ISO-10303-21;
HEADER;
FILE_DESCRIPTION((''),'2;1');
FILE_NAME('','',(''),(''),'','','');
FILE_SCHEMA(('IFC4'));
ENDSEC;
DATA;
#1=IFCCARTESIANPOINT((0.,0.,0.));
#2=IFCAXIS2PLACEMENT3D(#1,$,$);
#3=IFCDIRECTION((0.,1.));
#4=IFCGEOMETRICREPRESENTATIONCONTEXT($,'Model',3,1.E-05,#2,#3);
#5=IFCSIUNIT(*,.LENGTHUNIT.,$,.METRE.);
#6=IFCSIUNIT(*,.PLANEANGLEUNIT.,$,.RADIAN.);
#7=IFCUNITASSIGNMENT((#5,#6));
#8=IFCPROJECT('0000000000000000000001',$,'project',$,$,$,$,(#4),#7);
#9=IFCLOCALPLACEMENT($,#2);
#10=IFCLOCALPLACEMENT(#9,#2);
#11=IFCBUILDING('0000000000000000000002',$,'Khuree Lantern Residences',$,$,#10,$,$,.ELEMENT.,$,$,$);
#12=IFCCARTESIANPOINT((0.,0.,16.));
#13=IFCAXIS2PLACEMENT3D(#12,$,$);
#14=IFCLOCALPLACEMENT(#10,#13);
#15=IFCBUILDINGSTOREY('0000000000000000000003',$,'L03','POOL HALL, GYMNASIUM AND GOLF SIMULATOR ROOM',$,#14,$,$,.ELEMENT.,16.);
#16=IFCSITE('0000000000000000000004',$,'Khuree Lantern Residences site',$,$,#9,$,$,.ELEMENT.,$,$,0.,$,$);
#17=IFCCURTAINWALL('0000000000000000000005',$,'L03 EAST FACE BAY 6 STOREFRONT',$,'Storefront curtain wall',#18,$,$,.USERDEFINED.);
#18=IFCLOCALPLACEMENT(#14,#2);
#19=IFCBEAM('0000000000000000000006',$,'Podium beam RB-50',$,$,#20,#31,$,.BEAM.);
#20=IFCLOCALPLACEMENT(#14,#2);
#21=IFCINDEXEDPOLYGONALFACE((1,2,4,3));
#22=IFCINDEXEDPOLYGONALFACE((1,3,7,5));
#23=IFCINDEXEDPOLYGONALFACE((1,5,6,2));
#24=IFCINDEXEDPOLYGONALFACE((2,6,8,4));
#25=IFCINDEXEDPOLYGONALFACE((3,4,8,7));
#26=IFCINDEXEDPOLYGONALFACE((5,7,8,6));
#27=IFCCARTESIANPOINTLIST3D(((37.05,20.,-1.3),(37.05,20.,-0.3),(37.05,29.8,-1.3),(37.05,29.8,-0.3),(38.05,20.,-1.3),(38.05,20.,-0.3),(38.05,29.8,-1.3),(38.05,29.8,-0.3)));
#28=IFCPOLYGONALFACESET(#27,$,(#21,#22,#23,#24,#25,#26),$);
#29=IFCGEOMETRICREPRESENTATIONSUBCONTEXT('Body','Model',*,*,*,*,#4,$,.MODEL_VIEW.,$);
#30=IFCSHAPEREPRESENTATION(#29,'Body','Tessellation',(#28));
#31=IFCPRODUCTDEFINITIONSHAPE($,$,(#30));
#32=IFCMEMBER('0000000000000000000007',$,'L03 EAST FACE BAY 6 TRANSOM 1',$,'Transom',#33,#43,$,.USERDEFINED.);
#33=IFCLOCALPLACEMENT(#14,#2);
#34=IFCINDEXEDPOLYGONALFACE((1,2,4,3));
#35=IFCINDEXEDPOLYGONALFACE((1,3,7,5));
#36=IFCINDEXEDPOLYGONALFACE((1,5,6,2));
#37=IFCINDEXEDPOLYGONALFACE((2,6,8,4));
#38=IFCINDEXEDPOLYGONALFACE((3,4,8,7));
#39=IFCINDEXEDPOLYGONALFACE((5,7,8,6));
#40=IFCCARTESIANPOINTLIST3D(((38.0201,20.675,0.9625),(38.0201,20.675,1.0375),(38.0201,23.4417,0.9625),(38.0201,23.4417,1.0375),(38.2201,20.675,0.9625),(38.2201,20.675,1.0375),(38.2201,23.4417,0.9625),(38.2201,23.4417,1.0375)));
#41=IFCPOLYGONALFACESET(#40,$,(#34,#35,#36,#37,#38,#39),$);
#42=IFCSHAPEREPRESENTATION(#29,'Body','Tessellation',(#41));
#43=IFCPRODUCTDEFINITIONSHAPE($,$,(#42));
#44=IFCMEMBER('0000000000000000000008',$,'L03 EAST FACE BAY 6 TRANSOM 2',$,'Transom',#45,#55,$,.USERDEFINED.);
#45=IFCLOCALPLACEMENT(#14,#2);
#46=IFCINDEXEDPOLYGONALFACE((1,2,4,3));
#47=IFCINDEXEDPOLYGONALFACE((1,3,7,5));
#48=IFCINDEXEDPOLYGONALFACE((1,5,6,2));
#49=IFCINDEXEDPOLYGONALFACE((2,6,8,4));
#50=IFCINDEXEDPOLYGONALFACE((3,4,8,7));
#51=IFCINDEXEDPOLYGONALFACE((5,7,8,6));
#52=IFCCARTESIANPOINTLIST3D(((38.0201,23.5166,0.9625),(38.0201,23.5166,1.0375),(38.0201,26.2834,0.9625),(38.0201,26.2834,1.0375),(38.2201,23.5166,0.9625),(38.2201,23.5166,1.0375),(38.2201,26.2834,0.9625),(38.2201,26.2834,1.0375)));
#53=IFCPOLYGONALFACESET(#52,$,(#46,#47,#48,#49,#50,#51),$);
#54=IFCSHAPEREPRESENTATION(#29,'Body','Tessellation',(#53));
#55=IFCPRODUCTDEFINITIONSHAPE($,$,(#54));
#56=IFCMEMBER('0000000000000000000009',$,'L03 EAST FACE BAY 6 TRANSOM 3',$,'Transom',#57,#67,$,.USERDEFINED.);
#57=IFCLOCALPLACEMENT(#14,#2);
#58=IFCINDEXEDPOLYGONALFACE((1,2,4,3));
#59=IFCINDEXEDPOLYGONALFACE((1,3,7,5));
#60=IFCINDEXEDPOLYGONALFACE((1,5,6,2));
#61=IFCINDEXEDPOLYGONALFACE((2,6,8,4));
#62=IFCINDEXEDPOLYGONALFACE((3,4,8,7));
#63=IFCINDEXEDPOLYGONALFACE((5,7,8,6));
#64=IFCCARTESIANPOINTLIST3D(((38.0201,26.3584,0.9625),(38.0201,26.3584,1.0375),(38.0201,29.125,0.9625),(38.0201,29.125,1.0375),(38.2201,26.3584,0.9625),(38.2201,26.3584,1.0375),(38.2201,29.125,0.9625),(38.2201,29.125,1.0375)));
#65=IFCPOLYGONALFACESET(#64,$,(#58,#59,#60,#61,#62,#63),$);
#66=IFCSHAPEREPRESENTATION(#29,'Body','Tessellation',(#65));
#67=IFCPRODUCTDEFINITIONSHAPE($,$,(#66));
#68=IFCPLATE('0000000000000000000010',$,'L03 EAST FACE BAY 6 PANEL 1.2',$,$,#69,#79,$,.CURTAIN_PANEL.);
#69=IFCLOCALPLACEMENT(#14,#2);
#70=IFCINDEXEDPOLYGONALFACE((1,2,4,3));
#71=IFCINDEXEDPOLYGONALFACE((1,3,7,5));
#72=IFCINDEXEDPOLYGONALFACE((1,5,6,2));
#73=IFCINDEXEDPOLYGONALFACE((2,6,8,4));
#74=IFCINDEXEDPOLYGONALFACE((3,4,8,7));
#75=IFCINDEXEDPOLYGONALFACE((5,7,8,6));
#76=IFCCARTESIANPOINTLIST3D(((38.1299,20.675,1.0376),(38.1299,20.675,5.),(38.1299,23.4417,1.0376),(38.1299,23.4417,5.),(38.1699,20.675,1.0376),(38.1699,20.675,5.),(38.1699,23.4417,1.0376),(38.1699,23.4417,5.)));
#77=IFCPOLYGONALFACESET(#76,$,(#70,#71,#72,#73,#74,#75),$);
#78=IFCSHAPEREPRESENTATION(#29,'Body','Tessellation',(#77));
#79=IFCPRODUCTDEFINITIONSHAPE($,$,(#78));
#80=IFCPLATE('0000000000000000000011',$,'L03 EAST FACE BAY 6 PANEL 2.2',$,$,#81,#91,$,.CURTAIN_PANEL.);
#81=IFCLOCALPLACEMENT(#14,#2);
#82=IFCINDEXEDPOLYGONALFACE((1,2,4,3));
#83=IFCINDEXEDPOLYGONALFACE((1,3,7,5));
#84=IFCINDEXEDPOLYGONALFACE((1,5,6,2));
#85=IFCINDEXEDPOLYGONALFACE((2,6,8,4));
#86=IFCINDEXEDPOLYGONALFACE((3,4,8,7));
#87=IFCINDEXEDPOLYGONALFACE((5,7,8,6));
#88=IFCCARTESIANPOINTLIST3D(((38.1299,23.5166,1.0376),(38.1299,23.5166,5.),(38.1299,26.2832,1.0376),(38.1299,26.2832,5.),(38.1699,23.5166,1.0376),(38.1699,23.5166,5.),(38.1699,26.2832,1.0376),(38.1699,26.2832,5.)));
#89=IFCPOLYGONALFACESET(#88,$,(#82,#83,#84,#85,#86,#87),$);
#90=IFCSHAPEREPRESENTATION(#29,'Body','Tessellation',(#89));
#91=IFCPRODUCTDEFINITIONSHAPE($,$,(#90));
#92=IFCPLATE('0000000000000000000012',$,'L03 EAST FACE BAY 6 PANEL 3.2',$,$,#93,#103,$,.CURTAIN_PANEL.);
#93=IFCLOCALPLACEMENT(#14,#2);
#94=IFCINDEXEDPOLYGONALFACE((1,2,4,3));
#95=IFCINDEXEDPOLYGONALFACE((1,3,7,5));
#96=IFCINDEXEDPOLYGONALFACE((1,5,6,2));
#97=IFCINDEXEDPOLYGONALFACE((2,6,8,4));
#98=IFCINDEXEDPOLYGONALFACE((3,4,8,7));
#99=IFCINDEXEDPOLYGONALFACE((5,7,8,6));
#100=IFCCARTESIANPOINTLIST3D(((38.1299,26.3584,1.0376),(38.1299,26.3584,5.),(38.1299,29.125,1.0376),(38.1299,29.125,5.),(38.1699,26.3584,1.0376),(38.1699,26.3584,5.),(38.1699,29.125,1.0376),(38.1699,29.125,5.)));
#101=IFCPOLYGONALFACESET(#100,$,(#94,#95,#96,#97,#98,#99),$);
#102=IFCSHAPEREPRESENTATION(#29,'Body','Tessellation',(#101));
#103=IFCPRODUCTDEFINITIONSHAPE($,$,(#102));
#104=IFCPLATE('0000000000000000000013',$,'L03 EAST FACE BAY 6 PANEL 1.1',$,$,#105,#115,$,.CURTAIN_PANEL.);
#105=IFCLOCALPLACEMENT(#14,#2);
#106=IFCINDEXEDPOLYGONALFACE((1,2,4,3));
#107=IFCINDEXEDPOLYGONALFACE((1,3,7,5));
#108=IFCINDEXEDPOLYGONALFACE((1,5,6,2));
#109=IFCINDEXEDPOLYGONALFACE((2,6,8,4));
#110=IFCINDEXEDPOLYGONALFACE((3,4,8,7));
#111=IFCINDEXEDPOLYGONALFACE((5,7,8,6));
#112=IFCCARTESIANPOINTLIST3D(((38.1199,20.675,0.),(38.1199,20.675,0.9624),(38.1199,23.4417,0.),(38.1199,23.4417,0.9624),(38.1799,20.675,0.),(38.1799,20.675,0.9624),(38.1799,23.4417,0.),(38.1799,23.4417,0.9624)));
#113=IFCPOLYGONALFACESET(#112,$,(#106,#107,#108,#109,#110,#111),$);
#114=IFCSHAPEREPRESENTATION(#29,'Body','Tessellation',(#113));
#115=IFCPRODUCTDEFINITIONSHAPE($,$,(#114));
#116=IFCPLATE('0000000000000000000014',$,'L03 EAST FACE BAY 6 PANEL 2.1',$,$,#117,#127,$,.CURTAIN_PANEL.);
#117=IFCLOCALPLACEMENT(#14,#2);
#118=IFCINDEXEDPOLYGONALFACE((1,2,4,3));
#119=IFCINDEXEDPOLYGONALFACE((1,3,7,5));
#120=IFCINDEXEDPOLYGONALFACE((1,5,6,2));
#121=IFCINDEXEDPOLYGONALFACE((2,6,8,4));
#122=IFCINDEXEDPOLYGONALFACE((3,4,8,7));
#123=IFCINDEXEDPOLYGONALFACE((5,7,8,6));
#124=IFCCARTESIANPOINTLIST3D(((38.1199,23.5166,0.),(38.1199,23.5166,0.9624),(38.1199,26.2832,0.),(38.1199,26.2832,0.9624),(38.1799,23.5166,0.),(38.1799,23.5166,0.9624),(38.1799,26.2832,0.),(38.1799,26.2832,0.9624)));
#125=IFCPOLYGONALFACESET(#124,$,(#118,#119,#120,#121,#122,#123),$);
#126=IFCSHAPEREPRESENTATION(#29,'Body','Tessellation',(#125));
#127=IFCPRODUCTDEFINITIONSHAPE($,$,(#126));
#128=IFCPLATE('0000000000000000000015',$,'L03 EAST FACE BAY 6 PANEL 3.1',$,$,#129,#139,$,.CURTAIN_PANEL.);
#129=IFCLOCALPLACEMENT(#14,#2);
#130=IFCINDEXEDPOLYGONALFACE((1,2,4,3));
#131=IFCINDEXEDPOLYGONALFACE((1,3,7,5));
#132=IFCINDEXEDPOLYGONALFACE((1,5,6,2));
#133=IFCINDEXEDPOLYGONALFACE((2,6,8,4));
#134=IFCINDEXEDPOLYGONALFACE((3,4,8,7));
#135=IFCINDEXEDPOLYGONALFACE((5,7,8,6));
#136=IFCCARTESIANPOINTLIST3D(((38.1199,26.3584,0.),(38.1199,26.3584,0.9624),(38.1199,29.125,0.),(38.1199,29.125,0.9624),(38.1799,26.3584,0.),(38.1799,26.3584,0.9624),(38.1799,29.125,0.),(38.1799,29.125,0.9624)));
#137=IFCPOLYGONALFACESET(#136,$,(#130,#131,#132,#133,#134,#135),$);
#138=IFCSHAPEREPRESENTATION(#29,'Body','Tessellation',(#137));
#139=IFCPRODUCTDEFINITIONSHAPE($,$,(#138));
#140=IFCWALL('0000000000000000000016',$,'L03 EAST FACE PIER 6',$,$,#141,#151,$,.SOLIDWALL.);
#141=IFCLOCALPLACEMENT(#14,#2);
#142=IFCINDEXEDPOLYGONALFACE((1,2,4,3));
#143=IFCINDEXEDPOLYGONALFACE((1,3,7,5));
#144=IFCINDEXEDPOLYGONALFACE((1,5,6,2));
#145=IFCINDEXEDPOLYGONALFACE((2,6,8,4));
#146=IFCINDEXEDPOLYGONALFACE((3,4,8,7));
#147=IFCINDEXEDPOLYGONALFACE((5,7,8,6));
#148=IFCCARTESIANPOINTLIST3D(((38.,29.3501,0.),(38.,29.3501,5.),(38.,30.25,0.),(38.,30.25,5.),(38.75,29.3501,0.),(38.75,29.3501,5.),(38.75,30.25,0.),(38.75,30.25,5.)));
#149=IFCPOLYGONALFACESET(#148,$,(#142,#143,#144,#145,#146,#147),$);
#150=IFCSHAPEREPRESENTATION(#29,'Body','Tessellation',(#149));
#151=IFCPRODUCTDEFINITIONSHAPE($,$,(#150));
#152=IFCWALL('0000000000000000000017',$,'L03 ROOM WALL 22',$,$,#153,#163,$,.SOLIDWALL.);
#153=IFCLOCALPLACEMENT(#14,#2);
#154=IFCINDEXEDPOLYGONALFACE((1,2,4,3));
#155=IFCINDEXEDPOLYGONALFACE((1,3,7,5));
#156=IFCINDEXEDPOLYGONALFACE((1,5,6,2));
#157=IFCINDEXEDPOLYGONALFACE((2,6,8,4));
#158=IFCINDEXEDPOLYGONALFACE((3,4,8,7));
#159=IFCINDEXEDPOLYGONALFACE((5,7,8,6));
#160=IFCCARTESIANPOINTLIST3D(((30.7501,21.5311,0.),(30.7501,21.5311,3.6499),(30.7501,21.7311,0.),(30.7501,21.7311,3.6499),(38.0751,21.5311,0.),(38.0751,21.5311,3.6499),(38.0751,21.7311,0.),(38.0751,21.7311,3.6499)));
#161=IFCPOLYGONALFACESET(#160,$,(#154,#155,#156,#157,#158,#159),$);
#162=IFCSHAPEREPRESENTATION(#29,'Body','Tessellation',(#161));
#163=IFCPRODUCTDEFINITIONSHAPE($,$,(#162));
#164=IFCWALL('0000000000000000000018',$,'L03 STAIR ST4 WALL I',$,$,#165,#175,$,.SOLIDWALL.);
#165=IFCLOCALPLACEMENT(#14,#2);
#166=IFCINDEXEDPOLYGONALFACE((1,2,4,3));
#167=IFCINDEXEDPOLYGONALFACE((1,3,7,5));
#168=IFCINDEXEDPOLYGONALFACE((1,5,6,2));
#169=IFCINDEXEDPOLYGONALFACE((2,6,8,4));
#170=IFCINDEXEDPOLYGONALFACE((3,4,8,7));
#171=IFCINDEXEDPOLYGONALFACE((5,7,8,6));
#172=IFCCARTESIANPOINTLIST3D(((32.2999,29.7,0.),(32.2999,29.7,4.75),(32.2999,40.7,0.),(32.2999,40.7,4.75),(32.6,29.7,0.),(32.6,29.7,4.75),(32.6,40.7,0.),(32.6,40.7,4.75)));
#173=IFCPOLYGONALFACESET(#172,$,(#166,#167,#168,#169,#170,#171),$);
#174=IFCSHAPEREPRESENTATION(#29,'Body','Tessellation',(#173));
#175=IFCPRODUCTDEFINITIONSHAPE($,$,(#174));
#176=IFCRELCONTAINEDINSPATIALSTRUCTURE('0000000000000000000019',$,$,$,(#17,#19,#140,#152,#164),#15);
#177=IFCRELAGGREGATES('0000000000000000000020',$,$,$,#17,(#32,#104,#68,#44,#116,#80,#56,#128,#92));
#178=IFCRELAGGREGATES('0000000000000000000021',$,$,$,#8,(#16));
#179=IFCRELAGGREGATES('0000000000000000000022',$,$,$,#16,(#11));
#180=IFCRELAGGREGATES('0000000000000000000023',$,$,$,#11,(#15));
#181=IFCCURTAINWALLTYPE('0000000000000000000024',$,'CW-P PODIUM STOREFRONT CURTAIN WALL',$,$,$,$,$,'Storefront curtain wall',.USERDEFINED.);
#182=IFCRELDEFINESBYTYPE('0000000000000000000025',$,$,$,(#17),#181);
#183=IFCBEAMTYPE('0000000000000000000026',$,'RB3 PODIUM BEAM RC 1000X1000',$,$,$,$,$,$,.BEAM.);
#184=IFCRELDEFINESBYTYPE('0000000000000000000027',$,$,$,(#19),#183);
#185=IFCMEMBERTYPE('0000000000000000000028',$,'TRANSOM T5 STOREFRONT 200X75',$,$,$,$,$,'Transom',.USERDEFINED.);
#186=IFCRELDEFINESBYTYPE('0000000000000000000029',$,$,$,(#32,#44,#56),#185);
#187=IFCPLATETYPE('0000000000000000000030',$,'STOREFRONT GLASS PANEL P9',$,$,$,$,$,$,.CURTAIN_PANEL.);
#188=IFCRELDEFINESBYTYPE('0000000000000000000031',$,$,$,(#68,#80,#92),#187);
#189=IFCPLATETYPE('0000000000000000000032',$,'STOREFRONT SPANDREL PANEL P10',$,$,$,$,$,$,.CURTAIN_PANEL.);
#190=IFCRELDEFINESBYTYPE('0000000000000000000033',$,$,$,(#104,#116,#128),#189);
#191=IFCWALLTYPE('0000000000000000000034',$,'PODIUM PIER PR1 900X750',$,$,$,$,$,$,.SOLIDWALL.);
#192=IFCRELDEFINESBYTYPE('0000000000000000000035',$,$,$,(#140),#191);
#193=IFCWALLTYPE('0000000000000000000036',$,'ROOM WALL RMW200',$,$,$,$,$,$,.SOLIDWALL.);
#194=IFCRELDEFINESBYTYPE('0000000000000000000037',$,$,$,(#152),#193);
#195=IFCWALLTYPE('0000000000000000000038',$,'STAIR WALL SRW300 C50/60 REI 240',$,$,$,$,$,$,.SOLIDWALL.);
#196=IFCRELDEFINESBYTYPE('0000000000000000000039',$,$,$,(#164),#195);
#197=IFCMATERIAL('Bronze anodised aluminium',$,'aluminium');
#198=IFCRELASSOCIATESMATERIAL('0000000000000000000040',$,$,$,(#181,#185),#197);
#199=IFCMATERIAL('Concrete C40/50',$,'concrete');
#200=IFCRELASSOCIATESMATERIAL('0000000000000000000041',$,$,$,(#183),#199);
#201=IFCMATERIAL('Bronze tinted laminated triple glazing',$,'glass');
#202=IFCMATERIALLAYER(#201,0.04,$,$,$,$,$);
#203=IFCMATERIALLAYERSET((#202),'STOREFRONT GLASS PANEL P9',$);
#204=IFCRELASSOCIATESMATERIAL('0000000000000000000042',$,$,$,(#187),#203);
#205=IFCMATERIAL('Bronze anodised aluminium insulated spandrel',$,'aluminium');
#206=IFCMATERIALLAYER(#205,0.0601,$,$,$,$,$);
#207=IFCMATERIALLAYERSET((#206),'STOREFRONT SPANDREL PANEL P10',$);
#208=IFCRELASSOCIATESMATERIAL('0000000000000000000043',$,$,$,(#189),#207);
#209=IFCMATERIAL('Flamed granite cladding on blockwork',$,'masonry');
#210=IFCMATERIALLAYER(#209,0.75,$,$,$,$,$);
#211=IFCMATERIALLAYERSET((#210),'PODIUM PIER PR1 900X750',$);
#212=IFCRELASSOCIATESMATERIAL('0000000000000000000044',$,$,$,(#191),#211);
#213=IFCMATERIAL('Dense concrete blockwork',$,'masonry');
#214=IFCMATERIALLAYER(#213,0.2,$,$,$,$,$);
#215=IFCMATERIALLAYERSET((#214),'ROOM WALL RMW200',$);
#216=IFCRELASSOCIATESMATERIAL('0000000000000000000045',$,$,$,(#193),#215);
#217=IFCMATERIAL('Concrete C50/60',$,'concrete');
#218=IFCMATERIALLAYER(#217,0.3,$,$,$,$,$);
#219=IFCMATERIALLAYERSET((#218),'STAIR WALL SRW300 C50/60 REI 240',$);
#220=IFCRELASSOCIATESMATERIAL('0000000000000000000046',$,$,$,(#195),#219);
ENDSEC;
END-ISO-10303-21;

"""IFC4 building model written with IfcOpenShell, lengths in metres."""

from ifc_helpers import new_model, si_unit, direction, frame, frame_2d, origin, origin_2d, place, context, subcontext, project, spatial, rectangle, extrude, material, layer, layer_set, material_profile, profile_set, type_object, element, aggregate, save


model = new_model("IFC4")

# Units and contexts
model_context = context("Model", 3, precision=1e-05, world=origin(), true_north=direction((0.0, 1.0)))
body_context = subcontext(model_context, "Body", "Model", "MODEL_VIEW")
ifc_project = project(units=[si_unit("LENGTHUNIT", "METRE"), si_unit("PLANEANGLEUNIT", "RADIAN")], contexts=[model_context])

# Site, building, storey
site_placement = place(None, origin())
site = spatial("IfcSite", under=ifc_project, at=site_placement, Name="Khuree Lantern Residences site", CompositionType="ELEMENT", RefElevation=0.0)
building_placement = place(site_placement, origin())
building = spatial("IfcBuilding", under=site, at=building_placement, Name="Khuree Lantern Residences", CompositionType="ELEMENT")
storey_placement = place(building_placement, frame((0.0, 0.0, 16.0)))
storey = spatial("IfcBuildingStorey", under=building, at=storey_placement, Name="L03", Description="POOL HALL, GYMNASIUM AND GOLF SIMULATOR ROOM", CompositionType="ELEMENT", Elevation=16.0)

# Curtain wall
ifc_material_1 = material(Name="Bronze anodised aluminium", Category="aluminium")
curtain_wall_type = type_object("IfcCurtainWallType", Name="CW-P PODIUM STOREFRONT CURTAIN WALL", ElementType="Storefront curtain wall", PredefinedType="USERDEFINED", material=ifc_material_1)
curtain_wall_placement = place(storey_placement, origin())
curtain_wall = element("IfcCurtainWall", 1, at=curtain_wall_placement, inside=storey, type_object=curtain_wall_type, Name="L03 EAST FACE BAY 6 STOREFRONT", ObjectType="Storefront curtain wall", PredefinedType="USERDEFINED")

# Beam
ifc_material_2 = material(Name="Concrete C40/50", Category="concrete")
ifc_material_profile_1 = material_profile(ifc_material_2, rectangle(XDim=1.0, YDim=1.0, at=origin_2d()), Name="RC 1000X1000")
ifc_profile_set_1 = profile_set([ifc_material_profile_1], Name="Concrete C40/50")
beam_type_1 = type_object("IfcBeamType", Name="RB3 PODIUM BEAM RC 1000X1000", PredefinedType="BEAM", material=ifc_profile_set_1)
beam_1_placement = place(storey_placement, frame((37.55, 20.0, -0.8), z_axis=(0.0, 1.0, 0.0), x_axis=(-1.0, 0.0, 0.0)))
element("IfcBeam", 2, at=beam_1_placement, inside=storey, type_object=beam_type_1, Name="Podium beam RB-50", PredefinedType="BEAM", context=body_context, shape_type="SweptSolid", body=[
    extrude(rectangle(XDim=1.0, YDim=1.0, at=origin_2d()), origin(), (0.0, 0.0, 1.0), 9.8),
])

# Members
ifc_material_profile_2 = material_profile(ifc_material_1, rectangle(XDim=0.2, YDim=0.075, at=origin_2d()), Name="T5 200X75")
ifc_profile_set_2 = profile_set([ifc_material_profile_2], Name="Bronze anodised aluminium")
member_type_1 = type_object("IfcMemberType", Name="TRANSOM T5 STOREFRONT 200X75", ElementType="Transom", PredefinedType="USERDEFINED", material=ifc_profile_set_2)
member_1_placement = place(storey_placement, frame((38.1201, 20.675, 1.0), z_axis=(0.0, 1.0, 0.0), x_axis=(-1.0, 0.0, 0.0)))
member_1 = element("IfcMember", 3, at=member_1_placement, type_object=member_type_1, Name="L03 EAST FACE BAY 6 TRANSOM 1", ObjectType="Transom", PredefinedType="USERDEFINED", context=body_context, shape_type="SweptSolid", body=[
    extrude(rectangle(XDim=0.2, YDim=0.075, at=origin_2d()), origin(), (0.0, 0.0, 1.0), 2.7666),
])
member_2_placement = place(storey_placement, frame((38.1201, 23.5166, 1.0), z_axis=(0.0, 1.0, 0.0), x_axis=(-1.0, 0.0, 0.0)))
member_2 = element("IfcMember", 4, at=member_2_placement, type_object=member_type_1, Name="L03 EAST FACE BAY 6 TRANSOM 2", ObjectType="Transom", PredefinedType="USERDEFINED", context=body_context, shape_type="SweptSolid", body=[
    extrude(rectangle(XDim=0.2, YDim=0.075, at=origin_2d()), origin(), (0.0, 0.0, 1.0), 2.7668),
])
member_3_placement = place(storey_placement, frame((38.1201, 26.3584, 1.0), z_axis=(0.0, 1.0, 0.0), x_axis=(-1.0, 0.0, 0.0)))
member_3 = element("IfcMember", 5, at=member_3_placement, type_object=member_type_1, Name="L03 EAST FACE BAY 6 TRANSOM 3", ObjectType="Transom", PredefinedType="USERDEFINED", context=body_context, shape_type="SweptSolid", body=[
    extrude(rectangle(XDim=0.2, YDim=0.075, at=origin_2d()), origin(), (0.0, 0.0, 1.0), 2.7666),
])

# Plates
ifc_material_3 = material(Name="Bronze tinted laminated triple glazing", Category="glass")
ifc_layer_1 = layer(ifc_material_3, 0.04)
ifc_layer_set_1 = layer_set([ifc_layer_1], Name="STOREFRONT GLASS PANEL P9")
plate_type_1 = type_object("IfcPlateType", Name="STOREFRONT GLASS PANEL P9", PredefinedType="CURTAIN_PANEL", material=ifc_layer_set_1)
plate_1_placement = place(storey_placement, frame((38.1499, 22.0583, 1.0376), z_axis=(0.0, 0.0, 1.0), x_axis=(0.0, 1.0, 0.0)))
plate_1 = element("IfcPlate", 6, at=plate_1_placement, type_object=plate_type_1, Name="L03 EAST FACE BAY 6 PANEL 1.2", PredefinedType="CURTAIN_PANEL", context=body_context, shape_type="SweptSolid", body=[
    extrude(rectangle(XDim=2.7666, YDim=0.04, at=origin_2d()), origin(), (0.0, 0.0, 1.0), 3.9624),
])
plate_2_placement = place(storey_placement, frame((38.1499, 24.8999, 1.0376), z_axis=(0.0, 0.0, 1.0), x_axis=(0.0, 1.0, 0.0)))
plate_2 = element("IfcPlate", 7, at=plate_2_placement, type_object=plate_type_1, Name="L03 EAST FACE BAY 6 PANEL 2.2", PredefinedType="CURTAIN_PANEL", context=body_context, shape_type="SweptSolid", body=[
    extrude(rectangle(XDim=2.7666, YDim=0.04, at=origin_2d()), origin(), (0.0, 0.0, 1.0), 3.9624),
])
plate_3_placement = place(storey_placement, frame((38.1499, 27.7417, 1.0376), z_axis=(0.0, 0.0, 1.0), x_axis=(0.0, 1.0, 0.0)))
plate_3 = element("IfcPlate", 8, at=plate_3_placement, type_object=plate_type_1, Name="L03 EAST FACE BAY 6 PANEL 3.2", PredefinedType="CURTAIN_PANEL", context=body_context, shape_type="SweptSolid", body=[
    extrude(rectangle(XDim=2.7666, YDim=0.04, at=origin_2d()), origin(), (0.0, 0.0, 1.0), 3.9624),
])
ifc_material_4 = material(Name="Bronze anodised aluminium insulated spandrel", Category="aluminium")
ifc_layer_2 = layer(ifc_material_4, 0.0601)
ifc_layer_set_2 = layer_set([ifc_layer_2], Name="STOREFRONT SPANDREL PANEL P10")
plate_type_2 = type_object("IfcPlateType", Name="STOREFRONT SPANDREL PANEL P10", PredefinedType="CURTAIN_PANEL", material=ifc_layer_set_2)
plate_4_placement = place(storey_placement, frame((38.1499, 22.0583, 0.0), z_axis=(0.0, 0.0, 1.0), x_axis=(0.0, 1.0, 0.0)))
plate_4 = element("IfcPlate", 9, at=plate_4_placement, type_object=plate_type_2, Name="L03 EAST FACE BAY 6 PANEL 1.1", PredefinedType="CURTAIN_PANEL", context=body_context, shape_type="SweptSolid", body=[
    extrude(rectangle(XDim=2.7666, YDim=0.0601, at=origin_2d()), origin(), (0.0, 0.0, 1.0), 0.9624),
])
plate_5_placement = place(storey_placement, frame((38.1499, 24.8999, 0.0), z_axis=(0.0, 0.0, 1.0), x_axis=(0.0, 1.0, 0.0)))
plate_5 = element("IfcPlate", 10, at=plate_5_placement, type_object=plate_type_2, Name="L03 EAST FACE BAY 6 PANEL 2.1", PredefinedType="CURTAIN_PANEL", context=body_context, shape_type="SweptSolid", body=[
    extrude(rectangle(XDim=2.7666, YDim=0.0601, at=origin_2d()), origin(), (0.0, 0.0, 1.0), 0.9624),
])
plate_6_placement = place(storey_placement, frame((38.1499, 27.7417, 0.0), z_axis=(0.0, 0.0, 1.0), x_axis=(0.0, 1.0, 0.0)))
plate_6 = element("IfcPlate", 11, at=plate_6_placement, type_object=plate_type_2, Name="L03 EAST FACE BAY 6 PANEL 3.1", PredefinedType="CURTAIN_PANEL", context=body_context, shape_type="SweptSolid", body=[
    extrude(rectangle(XDim=2.7666, YDim=0.0601, at=origin_2d()), origin(), (0.0, 0.0, 1.0), 0.9624),
])
aggregate(curtain_wall, [member_1, plate_4, plate_1, member_2, plate_5, plate_2, member_3, plate_6, plate_3])

# Walls
ifc_material_5 = material(Name="Flamed granite cladding on blockwork", Category="masonry")
ifc_layer_3 = layer(ifc_material_5, 0.75)
ifc_layer_set_3 = layer_set([ifc_layer_3], Name="PODIUM PIER PR1 900X750")
wall_type_1 = type_object("IfcWallType", Name="PODIUM PIER PR1 900X750", PredefinedType="SOLIDWALL", material=ifc_layer_set_3)
wall_1_placement = place(storey_placement, frame((38.375, 29.3501, 0.0), z_axis=(0.0, 0.0, 1.0), x_axis=(0.0, 1.0, 0.0)))
element("IfcWall", 12, at=wall_1_placement, inside=storey, type_object=wall_type_1, Name="L03 EAST FACE PIER 6", PredefinedType="SOLIDWALL", context=body_context, shape_type="SweptSolid", body=[
    extrude(rectangle(XDim=0.8999, YDim=0.75, at=frame_2d((0.45, 0.0))), origin(), (0.0, 0.0, 1.0), 5.0),
])
ifc_material_6 = material(Name="Dense concrete blockwork", Category="masonry")
ifc_layer_4 = layer(ifc_material_6, 0.2)
ifc_layer_set_4 = layer_set([ifc_layer_4], Name="ROOM WALL RMW200")
wall_type_2 = type_object("IfcWallType", Name="ROOM WALL RMW200", PredefinedType="SOLIDWALL", material=ifc_layer_set_4)
wall_2_placement = place(storey_placement, frame((30.75, 21.6311, 0.0), z_axis=(0.0, 0.0, 1.0), x_axis=(1.0, 0.0, 0.0)))
element("IfcWall", 13, at=wall_2_placement, inside=storey, type_object=wall_type_2, Name="L03 ROOM WALL 22", PredefinedType="SOLIDWALL", context=body_context, shape_type="SweptSolid", body=[
    extrude(rectangle(XDim=7.325, YDim=0.2, at=frame_2d((3.6626, 0.0))), origin(), (0.0, 0.0, 1.0), 3.6499),
])
ifc_material_7 = material(Name="Concrete C50/60", Category="concrete")
ifc_layer_5 = layer(ifc_material_7, 0.3)
ifc_layer_set_5 = layer_set([ifc_layer_5], Name="STAIR WALL SRW300 C50/60 REI 240")
wall_type_3 = type_object("IfcWallType", Name="STAIR WALL SRW300 C50/60 REI 240", PredefinedType="SOLIDWALL", material=ifc_layer_set_5)
wall_3_placement = place(storey_placement, frame((32.45, 29.7, 0.0), z_axis=(0.0, 0.0, 1.0), x_axis=(0.0, 1.0, 0.0)))
element("IfcWall", 14, at=wall_3_placement, inside=storey, type_object=wall_type_3, Name="L03 STAIR ST4 WALL I", PredefinedType="SOLIDWALL", context=body_context, shape_type="SweptSolid", body=[
    extrude(rectangle(XDim=11.0, YDim=0.3, at=frame_2d((5.5, 0.0))), origin(), (0.0, 0.0, 1.0), 4.75),
])

save(model, "model.ifc")
